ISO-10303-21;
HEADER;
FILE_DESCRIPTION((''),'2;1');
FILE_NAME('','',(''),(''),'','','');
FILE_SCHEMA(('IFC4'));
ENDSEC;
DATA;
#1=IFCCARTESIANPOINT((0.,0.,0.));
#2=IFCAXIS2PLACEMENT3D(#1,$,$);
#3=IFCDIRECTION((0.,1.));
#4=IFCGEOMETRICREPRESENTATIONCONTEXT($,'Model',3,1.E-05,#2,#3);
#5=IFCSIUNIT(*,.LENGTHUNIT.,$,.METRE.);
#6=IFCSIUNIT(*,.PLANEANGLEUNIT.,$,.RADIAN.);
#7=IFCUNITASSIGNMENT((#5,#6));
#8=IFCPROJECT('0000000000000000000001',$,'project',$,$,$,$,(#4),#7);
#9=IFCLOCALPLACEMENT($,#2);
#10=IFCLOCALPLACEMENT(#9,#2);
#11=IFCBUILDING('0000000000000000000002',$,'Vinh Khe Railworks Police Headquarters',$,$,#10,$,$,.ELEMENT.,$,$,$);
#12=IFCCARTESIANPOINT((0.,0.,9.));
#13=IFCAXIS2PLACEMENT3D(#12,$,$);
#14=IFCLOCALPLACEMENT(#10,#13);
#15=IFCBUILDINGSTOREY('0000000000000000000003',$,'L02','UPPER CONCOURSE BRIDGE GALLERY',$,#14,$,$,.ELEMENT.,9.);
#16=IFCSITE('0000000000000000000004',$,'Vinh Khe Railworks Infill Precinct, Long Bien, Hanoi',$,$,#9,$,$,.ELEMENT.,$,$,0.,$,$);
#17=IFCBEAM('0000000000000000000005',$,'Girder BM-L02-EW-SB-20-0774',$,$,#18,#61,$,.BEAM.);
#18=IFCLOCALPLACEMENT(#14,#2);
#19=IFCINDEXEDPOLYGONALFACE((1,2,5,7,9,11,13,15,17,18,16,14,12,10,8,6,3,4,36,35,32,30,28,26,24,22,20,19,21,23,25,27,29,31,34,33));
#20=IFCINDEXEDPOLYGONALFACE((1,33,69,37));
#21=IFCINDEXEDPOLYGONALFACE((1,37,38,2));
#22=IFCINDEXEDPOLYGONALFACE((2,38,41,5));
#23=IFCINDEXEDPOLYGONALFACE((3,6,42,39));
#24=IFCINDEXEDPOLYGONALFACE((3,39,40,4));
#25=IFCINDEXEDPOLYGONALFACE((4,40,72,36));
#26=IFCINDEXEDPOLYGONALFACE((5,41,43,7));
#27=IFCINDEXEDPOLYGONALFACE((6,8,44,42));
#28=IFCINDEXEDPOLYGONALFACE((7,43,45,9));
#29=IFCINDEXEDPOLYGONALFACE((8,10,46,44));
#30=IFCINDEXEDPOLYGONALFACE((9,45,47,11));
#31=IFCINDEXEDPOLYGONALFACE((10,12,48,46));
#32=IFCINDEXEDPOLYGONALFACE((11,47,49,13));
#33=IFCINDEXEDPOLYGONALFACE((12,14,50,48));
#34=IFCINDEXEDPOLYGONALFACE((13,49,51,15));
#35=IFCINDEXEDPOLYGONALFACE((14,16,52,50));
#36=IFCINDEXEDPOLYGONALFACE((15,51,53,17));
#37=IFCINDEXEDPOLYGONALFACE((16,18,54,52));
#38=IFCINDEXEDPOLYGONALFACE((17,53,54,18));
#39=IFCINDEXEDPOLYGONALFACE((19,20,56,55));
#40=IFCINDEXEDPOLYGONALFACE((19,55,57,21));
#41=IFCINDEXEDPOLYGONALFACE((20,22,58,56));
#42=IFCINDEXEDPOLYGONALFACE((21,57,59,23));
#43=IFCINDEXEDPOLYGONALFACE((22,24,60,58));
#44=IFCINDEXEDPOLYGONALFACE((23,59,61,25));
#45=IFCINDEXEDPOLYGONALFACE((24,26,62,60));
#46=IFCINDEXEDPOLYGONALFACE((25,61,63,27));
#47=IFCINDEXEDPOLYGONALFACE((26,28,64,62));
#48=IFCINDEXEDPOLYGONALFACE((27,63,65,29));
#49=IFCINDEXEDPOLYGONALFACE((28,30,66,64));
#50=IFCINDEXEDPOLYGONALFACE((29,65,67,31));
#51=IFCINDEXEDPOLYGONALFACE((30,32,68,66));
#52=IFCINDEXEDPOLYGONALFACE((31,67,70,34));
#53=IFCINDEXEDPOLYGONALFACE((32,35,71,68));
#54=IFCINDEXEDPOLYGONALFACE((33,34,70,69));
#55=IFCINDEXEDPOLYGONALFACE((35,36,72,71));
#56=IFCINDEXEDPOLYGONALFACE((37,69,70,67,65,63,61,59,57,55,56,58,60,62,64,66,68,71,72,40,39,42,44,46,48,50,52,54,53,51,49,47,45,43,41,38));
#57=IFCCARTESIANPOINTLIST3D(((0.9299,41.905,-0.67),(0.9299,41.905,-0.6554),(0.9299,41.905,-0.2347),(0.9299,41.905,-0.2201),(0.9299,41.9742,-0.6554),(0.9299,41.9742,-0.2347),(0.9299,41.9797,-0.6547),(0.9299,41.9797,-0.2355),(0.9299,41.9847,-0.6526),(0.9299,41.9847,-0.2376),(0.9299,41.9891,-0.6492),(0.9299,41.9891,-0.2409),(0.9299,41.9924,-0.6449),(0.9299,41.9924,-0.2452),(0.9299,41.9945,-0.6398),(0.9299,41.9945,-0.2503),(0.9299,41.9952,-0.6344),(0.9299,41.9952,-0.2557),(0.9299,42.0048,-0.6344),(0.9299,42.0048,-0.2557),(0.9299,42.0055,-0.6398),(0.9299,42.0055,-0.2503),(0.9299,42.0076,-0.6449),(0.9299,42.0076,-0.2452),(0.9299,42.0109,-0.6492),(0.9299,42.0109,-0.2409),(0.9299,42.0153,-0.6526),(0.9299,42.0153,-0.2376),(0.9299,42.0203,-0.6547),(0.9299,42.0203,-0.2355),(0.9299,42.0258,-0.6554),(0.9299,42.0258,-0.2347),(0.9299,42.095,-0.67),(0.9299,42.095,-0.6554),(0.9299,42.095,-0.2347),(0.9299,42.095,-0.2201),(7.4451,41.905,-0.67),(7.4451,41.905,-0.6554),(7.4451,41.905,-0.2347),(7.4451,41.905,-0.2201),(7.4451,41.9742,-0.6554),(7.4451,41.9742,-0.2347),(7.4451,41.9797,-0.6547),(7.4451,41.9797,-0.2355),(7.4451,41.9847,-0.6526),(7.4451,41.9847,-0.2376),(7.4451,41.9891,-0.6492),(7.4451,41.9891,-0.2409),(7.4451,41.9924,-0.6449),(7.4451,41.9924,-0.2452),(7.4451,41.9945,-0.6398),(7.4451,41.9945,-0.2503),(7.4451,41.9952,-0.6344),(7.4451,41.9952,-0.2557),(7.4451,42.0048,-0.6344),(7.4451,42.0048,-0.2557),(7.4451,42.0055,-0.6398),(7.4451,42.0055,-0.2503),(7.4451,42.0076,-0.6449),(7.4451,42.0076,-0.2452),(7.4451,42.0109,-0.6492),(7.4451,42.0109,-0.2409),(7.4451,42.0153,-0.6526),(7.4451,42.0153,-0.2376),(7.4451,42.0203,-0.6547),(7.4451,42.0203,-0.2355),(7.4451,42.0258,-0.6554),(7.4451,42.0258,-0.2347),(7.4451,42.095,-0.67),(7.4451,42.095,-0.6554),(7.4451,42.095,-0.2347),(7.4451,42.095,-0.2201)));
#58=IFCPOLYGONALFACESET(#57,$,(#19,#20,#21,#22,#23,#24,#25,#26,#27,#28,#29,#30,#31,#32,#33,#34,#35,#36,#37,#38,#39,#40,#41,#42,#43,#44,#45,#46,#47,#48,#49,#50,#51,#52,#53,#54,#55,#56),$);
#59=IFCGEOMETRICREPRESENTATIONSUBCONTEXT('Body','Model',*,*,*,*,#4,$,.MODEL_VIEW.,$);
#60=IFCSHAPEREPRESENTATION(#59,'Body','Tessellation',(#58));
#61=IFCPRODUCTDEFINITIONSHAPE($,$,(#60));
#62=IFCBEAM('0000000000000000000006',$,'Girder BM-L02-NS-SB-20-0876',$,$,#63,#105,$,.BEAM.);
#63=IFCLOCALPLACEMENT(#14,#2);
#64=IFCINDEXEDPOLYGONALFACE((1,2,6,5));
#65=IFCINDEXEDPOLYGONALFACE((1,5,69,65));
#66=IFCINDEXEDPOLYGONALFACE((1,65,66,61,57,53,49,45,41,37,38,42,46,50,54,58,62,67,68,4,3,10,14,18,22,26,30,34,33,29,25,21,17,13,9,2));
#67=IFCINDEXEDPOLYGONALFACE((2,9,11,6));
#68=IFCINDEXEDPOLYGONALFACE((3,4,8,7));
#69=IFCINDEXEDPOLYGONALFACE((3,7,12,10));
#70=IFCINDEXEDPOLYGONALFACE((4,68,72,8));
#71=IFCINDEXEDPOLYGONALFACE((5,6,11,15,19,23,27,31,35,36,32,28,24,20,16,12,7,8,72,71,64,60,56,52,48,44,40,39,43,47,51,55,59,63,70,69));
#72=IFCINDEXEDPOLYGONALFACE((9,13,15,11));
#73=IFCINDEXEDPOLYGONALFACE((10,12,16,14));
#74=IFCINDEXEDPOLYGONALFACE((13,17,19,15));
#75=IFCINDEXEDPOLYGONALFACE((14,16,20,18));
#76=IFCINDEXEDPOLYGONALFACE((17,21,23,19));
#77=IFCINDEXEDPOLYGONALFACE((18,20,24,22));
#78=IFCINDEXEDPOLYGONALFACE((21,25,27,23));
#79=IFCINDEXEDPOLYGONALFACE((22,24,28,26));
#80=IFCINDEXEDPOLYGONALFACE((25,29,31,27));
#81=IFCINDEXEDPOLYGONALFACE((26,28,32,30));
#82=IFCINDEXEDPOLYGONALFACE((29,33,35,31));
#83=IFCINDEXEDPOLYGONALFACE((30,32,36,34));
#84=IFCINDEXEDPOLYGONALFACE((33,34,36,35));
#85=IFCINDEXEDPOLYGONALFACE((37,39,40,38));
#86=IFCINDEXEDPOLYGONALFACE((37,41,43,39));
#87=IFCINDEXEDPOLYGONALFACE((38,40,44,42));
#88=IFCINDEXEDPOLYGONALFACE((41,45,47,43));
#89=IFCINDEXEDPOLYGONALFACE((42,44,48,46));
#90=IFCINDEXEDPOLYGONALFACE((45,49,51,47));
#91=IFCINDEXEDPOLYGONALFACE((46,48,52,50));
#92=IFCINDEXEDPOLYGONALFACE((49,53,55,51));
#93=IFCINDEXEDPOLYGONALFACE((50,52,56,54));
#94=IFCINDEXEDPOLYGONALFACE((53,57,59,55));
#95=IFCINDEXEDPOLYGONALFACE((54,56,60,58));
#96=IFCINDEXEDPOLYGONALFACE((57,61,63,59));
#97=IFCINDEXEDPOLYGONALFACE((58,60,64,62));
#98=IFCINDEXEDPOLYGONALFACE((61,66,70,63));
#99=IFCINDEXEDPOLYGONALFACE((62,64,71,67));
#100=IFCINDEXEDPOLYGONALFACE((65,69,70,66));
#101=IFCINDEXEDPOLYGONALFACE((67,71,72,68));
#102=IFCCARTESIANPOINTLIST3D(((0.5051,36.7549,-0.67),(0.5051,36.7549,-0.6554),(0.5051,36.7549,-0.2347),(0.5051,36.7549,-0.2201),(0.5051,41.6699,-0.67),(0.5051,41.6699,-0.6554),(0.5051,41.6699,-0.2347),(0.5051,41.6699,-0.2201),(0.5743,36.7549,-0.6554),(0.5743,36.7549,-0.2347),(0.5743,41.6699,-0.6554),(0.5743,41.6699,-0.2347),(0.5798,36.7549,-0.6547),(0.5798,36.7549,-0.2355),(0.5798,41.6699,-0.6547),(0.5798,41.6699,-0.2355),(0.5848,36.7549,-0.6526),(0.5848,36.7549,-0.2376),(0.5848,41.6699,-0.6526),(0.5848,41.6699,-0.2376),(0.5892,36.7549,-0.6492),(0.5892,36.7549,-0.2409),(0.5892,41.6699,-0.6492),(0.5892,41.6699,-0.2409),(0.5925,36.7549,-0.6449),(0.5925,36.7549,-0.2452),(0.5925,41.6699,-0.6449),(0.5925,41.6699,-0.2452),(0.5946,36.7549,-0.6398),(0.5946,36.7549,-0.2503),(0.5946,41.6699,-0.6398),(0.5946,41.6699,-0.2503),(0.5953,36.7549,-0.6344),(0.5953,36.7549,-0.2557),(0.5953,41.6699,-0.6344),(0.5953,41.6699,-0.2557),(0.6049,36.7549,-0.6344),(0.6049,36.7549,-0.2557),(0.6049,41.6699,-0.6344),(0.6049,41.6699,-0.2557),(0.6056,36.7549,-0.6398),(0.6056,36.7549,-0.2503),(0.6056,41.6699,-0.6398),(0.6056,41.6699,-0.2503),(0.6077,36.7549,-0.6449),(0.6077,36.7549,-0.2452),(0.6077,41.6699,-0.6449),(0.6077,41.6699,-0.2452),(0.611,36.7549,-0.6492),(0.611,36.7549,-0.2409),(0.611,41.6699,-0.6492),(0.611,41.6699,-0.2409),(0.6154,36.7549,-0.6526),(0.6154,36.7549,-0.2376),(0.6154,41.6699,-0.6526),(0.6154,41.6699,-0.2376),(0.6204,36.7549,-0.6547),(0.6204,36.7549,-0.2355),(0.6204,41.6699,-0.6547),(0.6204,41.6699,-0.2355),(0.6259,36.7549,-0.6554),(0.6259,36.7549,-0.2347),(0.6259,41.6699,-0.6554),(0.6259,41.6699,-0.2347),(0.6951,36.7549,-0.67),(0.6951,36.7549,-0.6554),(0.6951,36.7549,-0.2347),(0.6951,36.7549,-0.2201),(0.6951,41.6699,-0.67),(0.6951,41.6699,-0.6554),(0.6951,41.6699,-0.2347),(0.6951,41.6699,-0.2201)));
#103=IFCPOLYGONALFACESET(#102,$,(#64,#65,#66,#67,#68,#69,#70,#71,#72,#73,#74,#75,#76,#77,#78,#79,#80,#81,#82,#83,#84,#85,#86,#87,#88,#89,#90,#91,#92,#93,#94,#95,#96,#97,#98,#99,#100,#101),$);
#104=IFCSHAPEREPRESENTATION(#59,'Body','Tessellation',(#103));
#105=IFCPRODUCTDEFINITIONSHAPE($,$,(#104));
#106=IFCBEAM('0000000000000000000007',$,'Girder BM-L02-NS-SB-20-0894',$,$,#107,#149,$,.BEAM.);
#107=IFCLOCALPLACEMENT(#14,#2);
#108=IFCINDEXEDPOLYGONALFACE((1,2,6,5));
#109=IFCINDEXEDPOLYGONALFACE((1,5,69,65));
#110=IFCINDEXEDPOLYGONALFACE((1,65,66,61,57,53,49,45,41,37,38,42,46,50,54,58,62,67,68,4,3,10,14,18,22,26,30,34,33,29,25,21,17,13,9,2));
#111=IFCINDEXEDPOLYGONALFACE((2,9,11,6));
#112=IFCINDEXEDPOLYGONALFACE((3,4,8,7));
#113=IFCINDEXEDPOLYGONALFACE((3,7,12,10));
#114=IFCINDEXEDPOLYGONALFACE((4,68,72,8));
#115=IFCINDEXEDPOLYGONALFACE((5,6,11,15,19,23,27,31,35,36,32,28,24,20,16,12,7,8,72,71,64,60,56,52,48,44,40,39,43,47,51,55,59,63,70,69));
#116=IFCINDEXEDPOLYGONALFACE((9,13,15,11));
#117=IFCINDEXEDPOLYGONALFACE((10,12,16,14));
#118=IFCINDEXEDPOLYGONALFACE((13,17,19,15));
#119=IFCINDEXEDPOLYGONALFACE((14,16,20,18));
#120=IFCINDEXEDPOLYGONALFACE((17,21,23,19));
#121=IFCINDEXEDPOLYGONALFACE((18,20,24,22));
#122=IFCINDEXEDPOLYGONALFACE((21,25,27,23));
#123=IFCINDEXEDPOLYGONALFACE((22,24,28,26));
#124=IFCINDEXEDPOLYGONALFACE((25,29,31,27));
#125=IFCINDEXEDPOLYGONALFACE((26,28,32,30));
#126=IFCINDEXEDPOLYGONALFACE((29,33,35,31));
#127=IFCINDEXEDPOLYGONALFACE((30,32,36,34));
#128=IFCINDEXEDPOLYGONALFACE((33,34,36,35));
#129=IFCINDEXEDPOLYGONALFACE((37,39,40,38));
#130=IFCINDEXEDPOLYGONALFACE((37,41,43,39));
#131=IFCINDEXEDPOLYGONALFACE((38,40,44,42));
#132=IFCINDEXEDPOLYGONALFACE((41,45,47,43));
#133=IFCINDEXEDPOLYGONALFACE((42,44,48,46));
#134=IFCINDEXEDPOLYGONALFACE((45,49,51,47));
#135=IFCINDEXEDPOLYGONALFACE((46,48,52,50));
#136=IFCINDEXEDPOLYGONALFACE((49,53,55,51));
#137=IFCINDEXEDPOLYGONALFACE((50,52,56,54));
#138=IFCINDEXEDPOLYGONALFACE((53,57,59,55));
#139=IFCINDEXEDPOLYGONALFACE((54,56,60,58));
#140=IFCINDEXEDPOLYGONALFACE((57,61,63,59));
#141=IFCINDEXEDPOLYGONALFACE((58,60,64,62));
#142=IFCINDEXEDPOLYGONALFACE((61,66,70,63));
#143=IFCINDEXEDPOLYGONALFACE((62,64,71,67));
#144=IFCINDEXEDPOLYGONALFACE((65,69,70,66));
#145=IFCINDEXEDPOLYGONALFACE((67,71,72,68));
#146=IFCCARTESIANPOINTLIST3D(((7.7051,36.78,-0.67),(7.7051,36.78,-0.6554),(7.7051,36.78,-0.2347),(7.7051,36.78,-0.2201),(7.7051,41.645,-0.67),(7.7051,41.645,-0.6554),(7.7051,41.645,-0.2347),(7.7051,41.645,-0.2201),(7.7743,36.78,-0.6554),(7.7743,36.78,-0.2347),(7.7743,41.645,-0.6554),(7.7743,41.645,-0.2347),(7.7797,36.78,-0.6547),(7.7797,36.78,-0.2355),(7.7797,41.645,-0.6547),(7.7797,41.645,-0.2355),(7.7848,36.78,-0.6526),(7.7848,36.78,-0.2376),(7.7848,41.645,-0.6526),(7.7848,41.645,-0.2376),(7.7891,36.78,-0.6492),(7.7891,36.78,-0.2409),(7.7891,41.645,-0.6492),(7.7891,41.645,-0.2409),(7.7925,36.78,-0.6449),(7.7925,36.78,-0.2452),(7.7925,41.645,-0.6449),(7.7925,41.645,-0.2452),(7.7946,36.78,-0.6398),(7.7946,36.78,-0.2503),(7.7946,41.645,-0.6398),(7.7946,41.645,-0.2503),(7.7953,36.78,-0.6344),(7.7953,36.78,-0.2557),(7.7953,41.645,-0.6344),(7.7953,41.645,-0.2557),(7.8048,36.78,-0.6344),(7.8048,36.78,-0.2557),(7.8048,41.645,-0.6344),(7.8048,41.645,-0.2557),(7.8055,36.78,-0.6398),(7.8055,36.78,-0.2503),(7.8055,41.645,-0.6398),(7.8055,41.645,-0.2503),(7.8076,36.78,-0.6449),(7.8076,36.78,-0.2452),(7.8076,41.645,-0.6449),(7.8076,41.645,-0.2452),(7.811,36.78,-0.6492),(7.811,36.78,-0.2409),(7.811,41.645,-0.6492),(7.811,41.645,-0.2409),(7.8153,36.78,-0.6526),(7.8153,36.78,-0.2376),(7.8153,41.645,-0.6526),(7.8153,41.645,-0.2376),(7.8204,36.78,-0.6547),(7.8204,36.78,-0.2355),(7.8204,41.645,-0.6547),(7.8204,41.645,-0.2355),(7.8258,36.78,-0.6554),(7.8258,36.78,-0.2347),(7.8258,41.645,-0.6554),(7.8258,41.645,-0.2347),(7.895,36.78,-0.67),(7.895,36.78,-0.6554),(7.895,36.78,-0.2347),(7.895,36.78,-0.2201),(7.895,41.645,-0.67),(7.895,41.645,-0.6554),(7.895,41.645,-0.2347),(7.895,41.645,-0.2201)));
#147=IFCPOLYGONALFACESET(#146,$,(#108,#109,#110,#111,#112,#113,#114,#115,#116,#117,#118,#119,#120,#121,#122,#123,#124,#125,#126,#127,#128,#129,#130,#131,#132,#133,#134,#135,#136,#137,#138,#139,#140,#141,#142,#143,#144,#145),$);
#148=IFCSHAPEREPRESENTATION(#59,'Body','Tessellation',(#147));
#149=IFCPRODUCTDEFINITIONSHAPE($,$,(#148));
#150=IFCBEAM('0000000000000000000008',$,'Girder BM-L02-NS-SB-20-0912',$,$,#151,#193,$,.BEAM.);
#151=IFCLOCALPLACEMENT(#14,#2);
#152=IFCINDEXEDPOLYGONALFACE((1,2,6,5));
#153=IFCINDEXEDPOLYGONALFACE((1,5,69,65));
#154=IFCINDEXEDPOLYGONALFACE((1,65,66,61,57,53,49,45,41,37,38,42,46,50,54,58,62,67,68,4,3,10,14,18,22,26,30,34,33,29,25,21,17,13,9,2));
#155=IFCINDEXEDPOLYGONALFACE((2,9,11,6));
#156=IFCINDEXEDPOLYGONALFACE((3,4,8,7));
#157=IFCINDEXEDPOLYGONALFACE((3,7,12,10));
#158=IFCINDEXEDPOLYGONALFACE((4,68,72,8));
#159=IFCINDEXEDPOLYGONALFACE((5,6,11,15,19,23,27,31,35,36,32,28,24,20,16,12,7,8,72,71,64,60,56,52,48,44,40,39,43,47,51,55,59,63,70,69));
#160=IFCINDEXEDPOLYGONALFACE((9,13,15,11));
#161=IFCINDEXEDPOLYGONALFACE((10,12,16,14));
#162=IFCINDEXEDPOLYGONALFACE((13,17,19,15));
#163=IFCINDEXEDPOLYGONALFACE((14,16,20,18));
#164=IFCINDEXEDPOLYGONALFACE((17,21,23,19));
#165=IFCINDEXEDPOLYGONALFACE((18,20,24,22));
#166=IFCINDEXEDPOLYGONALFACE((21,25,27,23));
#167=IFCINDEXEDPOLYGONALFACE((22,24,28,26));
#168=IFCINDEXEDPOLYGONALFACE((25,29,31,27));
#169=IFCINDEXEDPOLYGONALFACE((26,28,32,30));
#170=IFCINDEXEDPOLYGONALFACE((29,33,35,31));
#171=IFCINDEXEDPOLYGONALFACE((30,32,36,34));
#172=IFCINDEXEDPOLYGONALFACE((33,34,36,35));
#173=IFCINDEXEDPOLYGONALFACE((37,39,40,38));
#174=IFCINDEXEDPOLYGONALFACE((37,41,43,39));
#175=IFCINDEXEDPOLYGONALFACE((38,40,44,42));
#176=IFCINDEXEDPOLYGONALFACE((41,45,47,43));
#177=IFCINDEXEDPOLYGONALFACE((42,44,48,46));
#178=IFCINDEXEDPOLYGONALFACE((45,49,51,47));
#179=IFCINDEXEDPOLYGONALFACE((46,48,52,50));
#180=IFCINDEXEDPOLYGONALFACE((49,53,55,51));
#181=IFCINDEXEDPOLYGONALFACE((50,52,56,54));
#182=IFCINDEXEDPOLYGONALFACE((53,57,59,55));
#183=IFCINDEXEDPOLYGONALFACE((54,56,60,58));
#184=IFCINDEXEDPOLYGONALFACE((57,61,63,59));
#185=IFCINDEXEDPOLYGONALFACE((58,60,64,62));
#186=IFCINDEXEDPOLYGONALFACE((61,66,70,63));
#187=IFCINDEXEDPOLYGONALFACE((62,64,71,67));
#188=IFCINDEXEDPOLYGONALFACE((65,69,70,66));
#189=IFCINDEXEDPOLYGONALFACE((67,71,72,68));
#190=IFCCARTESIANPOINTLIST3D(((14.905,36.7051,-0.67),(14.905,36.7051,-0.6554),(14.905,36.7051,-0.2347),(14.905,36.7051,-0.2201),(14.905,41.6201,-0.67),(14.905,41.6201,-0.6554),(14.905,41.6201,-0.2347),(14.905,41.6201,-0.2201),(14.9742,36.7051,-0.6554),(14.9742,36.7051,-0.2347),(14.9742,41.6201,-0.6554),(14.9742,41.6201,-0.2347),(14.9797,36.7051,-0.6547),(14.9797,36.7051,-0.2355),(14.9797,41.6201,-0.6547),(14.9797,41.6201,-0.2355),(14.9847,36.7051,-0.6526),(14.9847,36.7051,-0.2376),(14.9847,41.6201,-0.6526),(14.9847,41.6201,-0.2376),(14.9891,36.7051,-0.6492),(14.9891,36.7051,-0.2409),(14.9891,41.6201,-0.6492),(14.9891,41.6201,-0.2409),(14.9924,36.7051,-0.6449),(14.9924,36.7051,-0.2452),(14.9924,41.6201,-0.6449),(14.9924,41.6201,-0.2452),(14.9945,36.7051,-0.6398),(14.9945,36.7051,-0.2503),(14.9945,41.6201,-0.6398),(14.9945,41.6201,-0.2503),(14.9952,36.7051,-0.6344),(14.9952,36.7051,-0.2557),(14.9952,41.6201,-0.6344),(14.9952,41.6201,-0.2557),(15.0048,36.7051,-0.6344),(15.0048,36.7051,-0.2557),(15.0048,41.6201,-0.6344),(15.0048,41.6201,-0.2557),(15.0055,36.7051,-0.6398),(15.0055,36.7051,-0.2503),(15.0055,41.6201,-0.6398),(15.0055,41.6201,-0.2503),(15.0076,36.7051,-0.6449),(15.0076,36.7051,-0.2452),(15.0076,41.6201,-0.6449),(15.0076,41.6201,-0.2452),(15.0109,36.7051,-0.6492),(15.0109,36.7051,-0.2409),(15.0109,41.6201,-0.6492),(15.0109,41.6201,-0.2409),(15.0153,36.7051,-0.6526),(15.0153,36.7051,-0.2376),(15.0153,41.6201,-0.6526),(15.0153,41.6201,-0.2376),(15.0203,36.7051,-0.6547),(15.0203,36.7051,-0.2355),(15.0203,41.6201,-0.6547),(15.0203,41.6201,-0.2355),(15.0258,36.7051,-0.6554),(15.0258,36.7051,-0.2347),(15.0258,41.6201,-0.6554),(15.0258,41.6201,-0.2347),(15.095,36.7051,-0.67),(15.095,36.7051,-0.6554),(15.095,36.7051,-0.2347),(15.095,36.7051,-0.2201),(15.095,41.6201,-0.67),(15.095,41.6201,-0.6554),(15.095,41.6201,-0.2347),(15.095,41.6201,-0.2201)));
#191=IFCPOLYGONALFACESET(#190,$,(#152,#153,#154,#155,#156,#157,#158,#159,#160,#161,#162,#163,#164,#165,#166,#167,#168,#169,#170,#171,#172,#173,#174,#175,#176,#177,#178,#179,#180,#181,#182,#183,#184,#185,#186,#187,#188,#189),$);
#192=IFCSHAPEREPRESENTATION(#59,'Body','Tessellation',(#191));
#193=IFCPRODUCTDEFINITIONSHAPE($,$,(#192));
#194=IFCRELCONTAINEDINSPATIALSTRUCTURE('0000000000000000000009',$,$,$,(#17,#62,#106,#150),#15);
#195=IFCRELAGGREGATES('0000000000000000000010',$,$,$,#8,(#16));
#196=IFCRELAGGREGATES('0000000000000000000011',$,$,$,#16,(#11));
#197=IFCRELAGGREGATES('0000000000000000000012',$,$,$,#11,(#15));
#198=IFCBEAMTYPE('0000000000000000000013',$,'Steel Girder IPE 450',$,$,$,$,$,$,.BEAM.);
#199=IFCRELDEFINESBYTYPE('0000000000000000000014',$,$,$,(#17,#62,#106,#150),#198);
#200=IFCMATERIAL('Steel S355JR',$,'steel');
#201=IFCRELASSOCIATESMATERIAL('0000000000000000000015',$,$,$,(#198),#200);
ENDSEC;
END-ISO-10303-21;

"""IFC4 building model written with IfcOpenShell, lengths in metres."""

from ifc_helpers import new_model, si_unit, direction, frame, origin, origin_2d, place, context, subcontext, project, spatial, i_section, extrude, material, material_profile, profile_set, type_object, element, save


model = new_model("IFC4")

# Units and contexts
model_context = context("Model", 3, precision=1e-05, world=origin(), true_north=direction((0.0, 1.0)))
body_context = subcontext(model_context, "Body", "Model", "MODEL_VIEW")
ifc_project = project(units=[si_unit("LENGTHUNIT", "METRE"), si_unit("PLANEANGLEUNIT", "RADIAN")], contexts=[model_context])

# Site, building, storey
site_placement = place(None, origin())
site = spatial("IfcSite", under=ifc_project, at=site_placement, Name="Vinh Khe Railworks Infill Precinct, Long Bien, Hanoi", CompositionType="ELEMENT", RefElevation=0.0)
building_placement = place(site_placement, origin())
building = spatial("IfcBuilding", under=site, at=building_placement, Name="Vinh Khe Railworks Police Headquarters", CompositionType="ELEMENT")
storey_placement = place(building_placement, frame((0.0, 0.0, 9.0)))
storey = spatial("IfcBuildingStorey", under=building, at=storey_placement, Name="L02", Description="UPPER CONCOURSE BRIDGE GALLERY", CompositionType="ELEMENT", Elevation=9.0)

# Shared definitions
ifc_material_1 = material(Name="Steel S355JR", Category="steel")

# Beams
ifc_material_profile_1 = material_profile(ifc_material_1, i_section(OverallWidth=0.1899, OverallDepth=0.45, WebThickness=0.0095, FlangeThickness=0.0146, FilletRadius=0.021, at=origin_2d()), Name="IPE 450")
ifc_profile_set_1 = profile_set([ifc_material_profile_1], Name="Steel S355JR")
beam_type_1 = type_object("IfcBeamType", Name="Steel Girder IPE 450", PredefinedType="BEAM", material=ifc_profile_set_1)
beam_1_placement = place(storey_placement, frame((0.9299, 42.0, -0.4451), z_axis=(1.0, 0.0, 0.0), x_axis=(0.0, 1.0, 0.0)))
element("IfcBeam", 1, at=beam_1_placement, inside=storey, type_object=beam_type_1, Name="Girder BM-L02-EW-SB-20-0774", PredefinedType="BEAM", context=body_context, shape_type="SweptSolid", body=[
    extrude(i_section(OverallWidth=0.1899, OverallDepth=0.45, WebThickness=0.0095, FlangeThickness=0.0146, FilletRadius=0.021, at=origin_2d()), origin(), (0.0, 0.0, 1.0), 6.5151),
])
beam_2_placement = place(storey_placement, frame((0.6001, 36.7549, -0.4451), z_axis=(0.0, 1.0, 0.0), x_axis=(-1.0, 0.0, 0.0)))
element("IfcBeam", 2, at=beam_2_placement, inside=storey, type_object=beam_type_1, Name="Girder BM-L02-NS-SB-20-0876", PredefinedType="BEAM", context=body_context, shape_type="SweptSolid", body=[
    extrude(i_section(OverallWidth=0.1899, OverallDepth=0.45, WebThickness=0.0095, FlangeThickness=0.0146, FilletRadius=0.021, at=origin_2d()), origin(), (0.0, 0.0, 1.0), 4.915),
])
beam_3_placement = place(storey_placement, frame((7.8, 36.78, -0.4451), z_axis=(0.0, 1.0, 0.0), x_axis=(-1.0, 0.0, 0.0)))
element("IfcBeam", 3, at=beam_3_placement, inside=storey, type_object=beam_type_1, Name="Girder BM-L02-NS-SB-20-0894", PredefinedType="BEAM", context=body_context, shape_type="SweptSolid", body=[
    extrude(i_section(OverallWidth=0.1899, OverallDepth=0.45, WebThickness=0.0095, FlangeThickness=0.0146, FilletRadius=0.021, at=origin_2d()), origin(), (0.0, 0.0, 1.0), 4.865),
])
beam_4_placement = place(storey_placement, frame((15.0, 36.7051, -0.4451), z_axis=(0.0, 1.0, 0.0), x_axis=(-1.0, 0.0, 0.0)))
element("IfcBeam", 4, at=beam_4_placement, inside=storey, type_object=beam_type_1, Name="Girder BM-L02-NS-SB-20-0912", PredefinedType="BEAM", context=body_context, shape_type="SweptSolid", body=[
    extrude(i_section(OverallWidth=0.1899, OverallDepth=0.45, WebThickness=0.0095, FlangeThickness=0.0146, FilletRadius=0.021, at=origin_2d()), origin(), (0.0, 0.0, 1.0), 4.915),
])

save(model, "model.ifc")
